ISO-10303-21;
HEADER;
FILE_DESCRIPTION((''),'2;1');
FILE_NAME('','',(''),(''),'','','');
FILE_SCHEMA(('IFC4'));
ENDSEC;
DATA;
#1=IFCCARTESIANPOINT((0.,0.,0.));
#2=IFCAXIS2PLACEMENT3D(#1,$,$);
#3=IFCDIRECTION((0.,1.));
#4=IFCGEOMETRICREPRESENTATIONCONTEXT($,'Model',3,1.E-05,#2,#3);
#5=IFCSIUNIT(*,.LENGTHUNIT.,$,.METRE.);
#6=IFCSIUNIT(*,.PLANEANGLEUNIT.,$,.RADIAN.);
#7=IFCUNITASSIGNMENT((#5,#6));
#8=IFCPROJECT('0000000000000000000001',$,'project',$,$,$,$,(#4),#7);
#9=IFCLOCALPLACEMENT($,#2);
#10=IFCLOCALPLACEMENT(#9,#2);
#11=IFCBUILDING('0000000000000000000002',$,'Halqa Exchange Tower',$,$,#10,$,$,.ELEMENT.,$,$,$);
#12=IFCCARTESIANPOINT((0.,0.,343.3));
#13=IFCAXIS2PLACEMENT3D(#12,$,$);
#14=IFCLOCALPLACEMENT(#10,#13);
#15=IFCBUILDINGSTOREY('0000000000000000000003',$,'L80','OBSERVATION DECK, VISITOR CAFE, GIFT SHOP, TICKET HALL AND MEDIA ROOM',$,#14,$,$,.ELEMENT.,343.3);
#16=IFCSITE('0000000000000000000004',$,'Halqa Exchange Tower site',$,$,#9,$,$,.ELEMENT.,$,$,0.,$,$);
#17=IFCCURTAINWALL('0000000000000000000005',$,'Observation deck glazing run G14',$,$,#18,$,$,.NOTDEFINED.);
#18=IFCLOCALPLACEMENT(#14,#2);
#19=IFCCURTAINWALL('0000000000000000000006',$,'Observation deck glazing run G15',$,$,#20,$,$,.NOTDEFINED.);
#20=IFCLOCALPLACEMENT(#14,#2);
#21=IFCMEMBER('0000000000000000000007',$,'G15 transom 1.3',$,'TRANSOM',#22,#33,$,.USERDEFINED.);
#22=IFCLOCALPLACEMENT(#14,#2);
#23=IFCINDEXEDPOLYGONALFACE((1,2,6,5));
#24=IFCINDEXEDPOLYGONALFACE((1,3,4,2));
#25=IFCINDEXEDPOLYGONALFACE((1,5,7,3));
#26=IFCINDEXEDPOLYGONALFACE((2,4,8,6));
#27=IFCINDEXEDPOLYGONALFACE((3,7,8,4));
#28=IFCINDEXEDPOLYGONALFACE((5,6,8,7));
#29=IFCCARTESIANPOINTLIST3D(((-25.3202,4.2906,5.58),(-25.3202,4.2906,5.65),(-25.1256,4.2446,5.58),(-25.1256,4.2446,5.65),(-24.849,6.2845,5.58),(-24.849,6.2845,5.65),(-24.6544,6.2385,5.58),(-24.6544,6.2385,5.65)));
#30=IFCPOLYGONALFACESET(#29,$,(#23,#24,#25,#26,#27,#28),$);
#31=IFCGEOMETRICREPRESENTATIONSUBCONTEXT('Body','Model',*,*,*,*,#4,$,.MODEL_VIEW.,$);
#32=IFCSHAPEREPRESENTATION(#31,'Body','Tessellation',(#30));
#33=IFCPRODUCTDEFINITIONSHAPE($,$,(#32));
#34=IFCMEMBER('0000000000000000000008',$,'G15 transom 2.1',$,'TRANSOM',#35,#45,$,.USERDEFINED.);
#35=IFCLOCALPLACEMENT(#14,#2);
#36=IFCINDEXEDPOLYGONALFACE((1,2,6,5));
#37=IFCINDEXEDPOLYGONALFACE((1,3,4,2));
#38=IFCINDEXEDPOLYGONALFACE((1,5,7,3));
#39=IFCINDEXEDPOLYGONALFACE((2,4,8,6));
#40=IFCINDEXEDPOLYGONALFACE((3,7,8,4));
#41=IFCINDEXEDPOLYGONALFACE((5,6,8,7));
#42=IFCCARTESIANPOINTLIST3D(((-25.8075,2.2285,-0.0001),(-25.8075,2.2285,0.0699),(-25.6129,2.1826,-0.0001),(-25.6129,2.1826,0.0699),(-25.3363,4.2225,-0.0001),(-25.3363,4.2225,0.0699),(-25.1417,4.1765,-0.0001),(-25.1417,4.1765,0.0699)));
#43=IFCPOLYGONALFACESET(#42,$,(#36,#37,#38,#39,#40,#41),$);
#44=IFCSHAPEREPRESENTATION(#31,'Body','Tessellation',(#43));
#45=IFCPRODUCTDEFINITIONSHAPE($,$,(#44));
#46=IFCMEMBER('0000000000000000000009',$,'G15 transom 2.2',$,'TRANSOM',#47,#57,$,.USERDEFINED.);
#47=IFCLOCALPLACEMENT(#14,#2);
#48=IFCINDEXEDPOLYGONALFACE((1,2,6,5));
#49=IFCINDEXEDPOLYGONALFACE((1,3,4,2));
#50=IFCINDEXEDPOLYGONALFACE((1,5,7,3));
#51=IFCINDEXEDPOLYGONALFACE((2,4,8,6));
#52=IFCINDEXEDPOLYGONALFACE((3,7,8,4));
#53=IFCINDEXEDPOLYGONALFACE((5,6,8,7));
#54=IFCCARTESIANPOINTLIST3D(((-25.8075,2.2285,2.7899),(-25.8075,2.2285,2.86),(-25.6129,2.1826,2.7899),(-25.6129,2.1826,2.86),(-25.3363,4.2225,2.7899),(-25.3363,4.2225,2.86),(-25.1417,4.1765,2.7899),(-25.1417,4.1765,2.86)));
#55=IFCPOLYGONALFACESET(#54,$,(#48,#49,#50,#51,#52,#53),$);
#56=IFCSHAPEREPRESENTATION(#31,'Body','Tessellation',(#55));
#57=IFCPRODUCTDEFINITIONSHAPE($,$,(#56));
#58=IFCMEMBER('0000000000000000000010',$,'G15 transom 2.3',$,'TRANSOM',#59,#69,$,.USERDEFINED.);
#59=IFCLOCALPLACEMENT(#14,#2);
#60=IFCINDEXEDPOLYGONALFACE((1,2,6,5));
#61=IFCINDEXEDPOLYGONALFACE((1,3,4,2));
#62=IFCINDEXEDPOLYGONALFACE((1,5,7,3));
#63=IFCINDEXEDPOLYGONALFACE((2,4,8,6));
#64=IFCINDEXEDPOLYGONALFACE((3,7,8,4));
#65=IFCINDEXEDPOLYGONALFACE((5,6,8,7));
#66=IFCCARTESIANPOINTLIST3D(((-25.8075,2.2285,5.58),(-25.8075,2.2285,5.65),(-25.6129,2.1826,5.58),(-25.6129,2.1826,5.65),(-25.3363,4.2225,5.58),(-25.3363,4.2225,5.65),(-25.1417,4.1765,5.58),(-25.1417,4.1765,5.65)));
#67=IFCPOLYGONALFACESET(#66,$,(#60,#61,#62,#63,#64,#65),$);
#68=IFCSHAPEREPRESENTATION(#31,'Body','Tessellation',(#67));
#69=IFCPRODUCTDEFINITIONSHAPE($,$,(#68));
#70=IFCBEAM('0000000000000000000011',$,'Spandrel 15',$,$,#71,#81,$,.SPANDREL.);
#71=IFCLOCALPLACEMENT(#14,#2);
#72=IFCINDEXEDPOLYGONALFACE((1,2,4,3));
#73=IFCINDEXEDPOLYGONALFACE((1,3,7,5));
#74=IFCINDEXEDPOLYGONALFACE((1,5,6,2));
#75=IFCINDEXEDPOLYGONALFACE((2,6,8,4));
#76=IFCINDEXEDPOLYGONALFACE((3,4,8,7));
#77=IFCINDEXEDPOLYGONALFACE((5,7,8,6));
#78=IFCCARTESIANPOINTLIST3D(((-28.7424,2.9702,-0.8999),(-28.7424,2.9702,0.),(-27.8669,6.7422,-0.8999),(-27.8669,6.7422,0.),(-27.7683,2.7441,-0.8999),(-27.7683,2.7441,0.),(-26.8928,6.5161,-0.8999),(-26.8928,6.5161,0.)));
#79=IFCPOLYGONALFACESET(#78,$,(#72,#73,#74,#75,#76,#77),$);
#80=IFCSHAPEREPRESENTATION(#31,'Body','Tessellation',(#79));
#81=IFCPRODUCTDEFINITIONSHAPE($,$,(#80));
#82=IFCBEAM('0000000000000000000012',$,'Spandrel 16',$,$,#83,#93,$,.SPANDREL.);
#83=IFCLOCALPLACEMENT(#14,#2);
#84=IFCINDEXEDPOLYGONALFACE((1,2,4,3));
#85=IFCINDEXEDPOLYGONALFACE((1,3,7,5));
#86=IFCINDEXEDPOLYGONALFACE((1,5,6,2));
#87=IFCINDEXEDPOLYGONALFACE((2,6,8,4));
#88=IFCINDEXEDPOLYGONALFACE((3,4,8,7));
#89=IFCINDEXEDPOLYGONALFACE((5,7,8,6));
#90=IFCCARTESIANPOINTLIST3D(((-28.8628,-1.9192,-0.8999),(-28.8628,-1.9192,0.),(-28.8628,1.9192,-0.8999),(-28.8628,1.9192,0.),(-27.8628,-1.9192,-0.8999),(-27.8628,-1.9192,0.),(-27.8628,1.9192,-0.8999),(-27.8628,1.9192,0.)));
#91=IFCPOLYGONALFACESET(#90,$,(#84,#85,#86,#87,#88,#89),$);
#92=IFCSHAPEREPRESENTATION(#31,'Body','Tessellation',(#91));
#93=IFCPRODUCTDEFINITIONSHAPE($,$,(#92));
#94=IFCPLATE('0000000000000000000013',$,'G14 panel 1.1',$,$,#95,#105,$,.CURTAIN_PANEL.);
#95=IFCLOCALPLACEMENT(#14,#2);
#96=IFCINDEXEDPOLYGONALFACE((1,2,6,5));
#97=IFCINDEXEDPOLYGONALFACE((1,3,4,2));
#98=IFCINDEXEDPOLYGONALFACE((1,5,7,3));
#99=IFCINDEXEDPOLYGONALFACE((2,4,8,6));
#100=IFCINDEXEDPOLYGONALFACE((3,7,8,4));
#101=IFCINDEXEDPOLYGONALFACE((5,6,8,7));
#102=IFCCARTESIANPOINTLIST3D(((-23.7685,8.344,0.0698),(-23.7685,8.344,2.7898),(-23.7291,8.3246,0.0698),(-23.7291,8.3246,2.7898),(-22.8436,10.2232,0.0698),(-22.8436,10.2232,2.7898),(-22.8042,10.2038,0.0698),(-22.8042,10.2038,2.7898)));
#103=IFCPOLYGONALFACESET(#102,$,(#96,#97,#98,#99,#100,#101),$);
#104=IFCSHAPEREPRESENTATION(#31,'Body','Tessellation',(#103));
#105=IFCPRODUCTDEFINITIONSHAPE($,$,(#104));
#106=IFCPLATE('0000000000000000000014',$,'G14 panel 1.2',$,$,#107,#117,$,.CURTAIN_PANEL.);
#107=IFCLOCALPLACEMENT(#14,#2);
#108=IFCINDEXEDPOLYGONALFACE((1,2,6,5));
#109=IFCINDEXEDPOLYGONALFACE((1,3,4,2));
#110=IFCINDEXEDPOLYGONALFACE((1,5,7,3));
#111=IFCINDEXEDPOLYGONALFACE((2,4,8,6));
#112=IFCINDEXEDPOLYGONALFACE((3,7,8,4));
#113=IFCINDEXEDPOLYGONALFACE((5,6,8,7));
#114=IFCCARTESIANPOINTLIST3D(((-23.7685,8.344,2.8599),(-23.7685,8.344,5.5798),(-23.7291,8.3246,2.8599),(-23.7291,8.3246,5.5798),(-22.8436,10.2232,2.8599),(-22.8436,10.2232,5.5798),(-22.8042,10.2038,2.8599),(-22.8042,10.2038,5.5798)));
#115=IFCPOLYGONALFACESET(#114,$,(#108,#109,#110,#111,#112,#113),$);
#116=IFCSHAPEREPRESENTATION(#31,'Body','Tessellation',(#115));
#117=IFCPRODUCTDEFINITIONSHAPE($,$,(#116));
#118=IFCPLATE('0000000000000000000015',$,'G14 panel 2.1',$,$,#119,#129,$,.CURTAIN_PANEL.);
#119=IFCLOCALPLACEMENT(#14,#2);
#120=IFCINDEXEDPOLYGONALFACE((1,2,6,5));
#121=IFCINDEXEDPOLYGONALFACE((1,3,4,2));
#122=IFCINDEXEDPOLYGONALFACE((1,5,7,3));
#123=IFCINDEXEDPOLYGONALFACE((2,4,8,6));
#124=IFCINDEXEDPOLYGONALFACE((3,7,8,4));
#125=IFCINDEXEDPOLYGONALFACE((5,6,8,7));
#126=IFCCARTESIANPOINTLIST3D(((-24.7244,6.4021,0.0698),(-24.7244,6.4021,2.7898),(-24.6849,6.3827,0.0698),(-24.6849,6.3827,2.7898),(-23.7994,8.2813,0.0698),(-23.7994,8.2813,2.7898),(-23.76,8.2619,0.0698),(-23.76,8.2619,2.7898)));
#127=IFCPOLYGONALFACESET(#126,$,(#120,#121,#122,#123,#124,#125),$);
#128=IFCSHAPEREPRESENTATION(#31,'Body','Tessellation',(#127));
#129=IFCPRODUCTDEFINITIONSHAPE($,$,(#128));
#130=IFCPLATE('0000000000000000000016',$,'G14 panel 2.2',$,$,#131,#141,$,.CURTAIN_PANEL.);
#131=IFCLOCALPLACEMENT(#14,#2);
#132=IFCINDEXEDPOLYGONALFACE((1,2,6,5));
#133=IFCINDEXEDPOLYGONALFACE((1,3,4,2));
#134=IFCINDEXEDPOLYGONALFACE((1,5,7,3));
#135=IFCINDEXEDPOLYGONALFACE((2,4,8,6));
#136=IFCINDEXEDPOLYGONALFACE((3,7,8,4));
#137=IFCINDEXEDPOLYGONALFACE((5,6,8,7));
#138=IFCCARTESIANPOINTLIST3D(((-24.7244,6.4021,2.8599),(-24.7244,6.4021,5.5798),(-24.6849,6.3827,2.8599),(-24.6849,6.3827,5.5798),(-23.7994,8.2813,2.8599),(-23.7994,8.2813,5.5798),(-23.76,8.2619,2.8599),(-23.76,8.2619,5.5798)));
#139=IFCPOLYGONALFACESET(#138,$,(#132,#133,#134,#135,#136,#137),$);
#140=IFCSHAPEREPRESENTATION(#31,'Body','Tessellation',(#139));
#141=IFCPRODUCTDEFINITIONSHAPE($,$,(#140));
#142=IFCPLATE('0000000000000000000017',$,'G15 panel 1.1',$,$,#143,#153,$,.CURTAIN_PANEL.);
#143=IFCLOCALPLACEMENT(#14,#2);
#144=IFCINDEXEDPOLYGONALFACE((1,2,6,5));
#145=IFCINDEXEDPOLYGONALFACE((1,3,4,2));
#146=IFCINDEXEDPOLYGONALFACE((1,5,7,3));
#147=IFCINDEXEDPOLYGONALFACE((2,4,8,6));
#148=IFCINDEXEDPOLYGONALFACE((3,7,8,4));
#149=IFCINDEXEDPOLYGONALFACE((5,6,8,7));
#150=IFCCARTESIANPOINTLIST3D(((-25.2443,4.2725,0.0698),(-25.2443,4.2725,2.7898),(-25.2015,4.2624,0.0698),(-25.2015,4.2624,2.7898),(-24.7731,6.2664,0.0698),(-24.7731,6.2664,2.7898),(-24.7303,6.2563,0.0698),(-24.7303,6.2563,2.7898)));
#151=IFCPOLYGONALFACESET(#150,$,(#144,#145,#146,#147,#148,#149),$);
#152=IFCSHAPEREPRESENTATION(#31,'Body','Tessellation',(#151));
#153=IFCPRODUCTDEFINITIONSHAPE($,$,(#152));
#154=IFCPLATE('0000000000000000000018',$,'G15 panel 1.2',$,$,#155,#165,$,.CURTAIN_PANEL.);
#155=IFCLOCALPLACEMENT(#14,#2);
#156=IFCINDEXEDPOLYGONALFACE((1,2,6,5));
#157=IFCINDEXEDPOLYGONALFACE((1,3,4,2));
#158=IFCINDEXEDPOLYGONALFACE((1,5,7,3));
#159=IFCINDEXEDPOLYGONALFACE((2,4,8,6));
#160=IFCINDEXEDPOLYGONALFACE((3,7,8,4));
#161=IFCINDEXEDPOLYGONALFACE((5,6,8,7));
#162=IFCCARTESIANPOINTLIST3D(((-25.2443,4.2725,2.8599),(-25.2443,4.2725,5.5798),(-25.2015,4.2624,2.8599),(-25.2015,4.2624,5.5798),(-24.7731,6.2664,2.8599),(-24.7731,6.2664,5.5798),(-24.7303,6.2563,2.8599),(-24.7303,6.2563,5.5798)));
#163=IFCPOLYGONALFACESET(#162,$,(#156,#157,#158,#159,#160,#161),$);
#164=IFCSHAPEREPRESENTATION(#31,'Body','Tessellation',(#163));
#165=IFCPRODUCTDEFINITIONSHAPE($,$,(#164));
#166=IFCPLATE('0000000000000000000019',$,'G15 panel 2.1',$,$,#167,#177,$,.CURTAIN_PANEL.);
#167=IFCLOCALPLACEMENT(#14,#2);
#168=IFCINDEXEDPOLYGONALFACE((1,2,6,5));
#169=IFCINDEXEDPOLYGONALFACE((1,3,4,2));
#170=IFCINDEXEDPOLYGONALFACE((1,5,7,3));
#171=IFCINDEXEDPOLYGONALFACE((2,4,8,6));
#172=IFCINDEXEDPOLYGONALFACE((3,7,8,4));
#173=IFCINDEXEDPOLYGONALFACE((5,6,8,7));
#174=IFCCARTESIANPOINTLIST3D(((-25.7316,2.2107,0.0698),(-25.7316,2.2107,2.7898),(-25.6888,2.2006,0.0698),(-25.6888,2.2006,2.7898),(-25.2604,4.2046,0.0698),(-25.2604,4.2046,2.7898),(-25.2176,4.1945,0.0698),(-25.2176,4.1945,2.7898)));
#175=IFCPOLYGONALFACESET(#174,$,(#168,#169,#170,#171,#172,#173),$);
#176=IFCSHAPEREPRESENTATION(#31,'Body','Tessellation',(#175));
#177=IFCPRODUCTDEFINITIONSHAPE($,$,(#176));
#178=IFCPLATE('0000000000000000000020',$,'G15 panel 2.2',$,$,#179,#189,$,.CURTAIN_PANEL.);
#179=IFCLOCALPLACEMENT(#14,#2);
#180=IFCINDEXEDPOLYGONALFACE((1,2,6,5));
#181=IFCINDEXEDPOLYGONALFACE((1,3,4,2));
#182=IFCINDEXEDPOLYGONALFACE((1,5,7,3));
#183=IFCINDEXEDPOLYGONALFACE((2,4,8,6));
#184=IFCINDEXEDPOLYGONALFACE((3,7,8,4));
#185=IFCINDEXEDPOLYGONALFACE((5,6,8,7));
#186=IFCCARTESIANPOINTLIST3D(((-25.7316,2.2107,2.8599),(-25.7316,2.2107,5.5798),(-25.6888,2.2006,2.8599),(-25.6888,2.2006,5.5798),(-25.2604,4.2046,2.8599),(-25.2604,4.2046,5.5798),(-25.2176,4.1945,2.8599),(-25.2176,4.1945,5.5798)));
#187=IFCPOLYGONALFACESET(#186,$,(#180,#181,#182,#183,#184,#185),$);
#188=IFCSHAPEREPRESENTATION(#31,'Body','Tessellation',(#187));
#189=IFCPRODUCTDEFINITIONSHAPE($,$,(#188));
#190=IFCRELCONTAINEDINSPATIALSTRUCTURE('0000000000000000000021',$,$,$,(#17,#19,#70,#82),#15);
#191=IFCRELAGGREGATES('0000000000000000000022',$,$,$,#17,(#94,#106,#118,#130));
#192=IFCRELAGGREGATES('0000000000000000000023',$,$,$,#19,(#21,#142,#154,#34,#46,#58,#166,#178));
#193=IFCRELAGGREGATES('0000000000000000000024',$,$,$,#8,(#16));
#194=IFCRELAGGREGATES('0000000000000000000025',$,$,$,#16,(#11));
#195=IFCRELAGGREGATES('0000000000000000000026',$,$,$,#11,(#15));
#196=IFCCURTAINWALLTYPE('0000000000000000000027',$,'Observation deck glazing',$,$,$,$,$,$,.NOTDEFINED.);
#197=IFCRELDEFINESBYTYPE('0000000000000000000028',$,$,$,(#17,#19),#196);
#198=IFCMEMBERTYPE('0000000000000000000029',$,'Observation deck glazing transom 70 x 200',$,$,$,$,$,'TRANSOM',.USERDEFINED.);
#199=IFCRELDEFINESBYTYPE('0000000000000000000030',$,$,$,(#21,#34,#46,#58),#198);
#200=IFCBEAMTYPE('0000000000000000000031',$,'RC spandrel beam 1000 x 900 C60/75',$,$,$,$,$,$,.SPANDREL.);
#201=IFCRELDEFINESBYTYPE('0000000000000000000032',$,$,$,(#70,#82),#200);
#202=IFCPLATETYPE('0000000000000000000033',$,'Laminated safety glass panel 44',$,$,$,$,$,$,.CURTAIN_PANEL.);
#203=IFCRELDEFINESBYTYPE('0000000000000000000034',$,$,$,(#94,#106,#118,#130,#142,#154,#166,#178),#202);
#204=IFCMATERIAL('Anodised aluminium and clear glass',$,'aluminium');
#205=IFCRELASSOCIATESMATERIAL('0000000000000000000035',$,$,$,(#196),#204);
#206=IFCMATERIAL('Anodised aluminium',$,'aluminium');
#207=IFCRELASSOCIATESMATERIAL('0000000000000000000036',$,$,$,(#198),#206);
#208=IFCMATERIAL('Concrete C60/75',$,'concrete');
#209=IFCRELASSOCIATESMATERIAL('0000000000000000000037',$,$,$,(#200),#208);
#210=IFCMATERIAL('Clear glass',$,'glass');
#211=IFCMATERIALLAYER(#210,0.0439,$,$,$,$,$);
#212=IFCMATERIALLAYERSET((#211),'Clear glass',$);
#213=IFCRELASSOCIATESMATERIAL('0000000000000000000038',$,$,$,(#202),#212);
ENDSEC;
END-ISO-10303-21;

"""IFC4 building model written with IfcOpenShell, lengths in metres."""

from ifc_helpers import new_model, si_unit, direction, frame, origin, origin_2d, place, context, subcontext, project, spatial, rectangle, extrude, material, layer, layer_set, material_profile, profile_set, type_object, element, aggregate, save


model = new_model("IFC4")

# Units and contexts
model_context = context("Model", 3, precision=1e-05, world=origin(), true_north=direction((0.0, 1.0)))
body_context = subcontext(model_context, "Body", "Model", "MODEL_VIEW")
ifc_project = project(units=[si_unit("LENGTHUNIT", "METRE"), si_unit("PLANEANGLEUNIT", "RADIAN")], contexts=[model_context])

# Site, building, storey
site_placement = place(None, origin())
site = spatial("IfcSite", under=ifc_project, at=site_placement, Name="Halqa Exchange Tower site", CompositionType="ELEMENT", RefElevation=0.0)
building_placement = place(site_placement, origin())
building = spatial("IfcBuilding", under=site, at=building_placement, Name="Halqa Exchange Tower", CompositionType="ELEMENT")
storey_placement = place(building_placement, frame((0.0, 0.0, 343.3)))
storey = spatial("IfcBuildingStorey", under=building, at=storey_placement, Name="L80", Description="OBSERVATION DECK, VISITOR CAFE, GIFT SHOP, TICKET HALL AND MEDIA ROOM", CompositionType="ELEMENT", Elevation=343.3)

# Curtain walls
ifc_material_1 = material(Name="Anodised aluminium and clear glass", Category="aluminium")
curtain_wall_type = type_object("IfcCurtainWallType", Name="Observation deck glazing", PredefinedType="NOTDEFINED", material=ifc_material_1)
curtain_wall_1_placement = place(storey_placement, origin())
curtain_wall_1 = element("IfcCurtainWall", 1, at=curtain_wall_1_placement, inside=storey, type_object=curtain_wall_type, Name="Observation deck glazing run G14", PredefinedType="NOTDEFINED")
ifc_material_2 = material(Name="Anodised aluminium", Category="aluminium")
curtain_wall_2_placement = place(storey_placement, origin())
curtain_wall_2 = element("IfcCurtainWall", 2, at=curtain_wall_2_placement, inside=storey, type_object=curtain_wall_type, Name="Observation deck glazing run G15", PredefinedType="NOTDEFINED")

# Members
ifc_material_profile_1 = material_profile(ifc_material_2, rectangle(XDim=0.2, YDim=0.0701, at=origin_2d()), Name="AL 70x200")
ifc_profile_set_1 = profile_set([ifc_material_profile_1], Name="Anodised aluminium")
member_type_1 = type_object("IfcMemberType", Name="Observation deck glazing transom 70 x 200", ElementType="TRANSOM", PredefinedType="USERDEFINED", material=ifc_profile_set_1)
member_1_placement = place(storey_placement, frame((-24.7517, 6.2615, 5.615), z_axis=(-0.229982, -0.973195, 0.0), x_axis=(0.973195, -0.229982, 0.0)))
member_1 = element("IfcMember", 3, at=member_1_placement, type_object=member_type_1, Name="G15 transom 1.3", ObjectType="TRANSOM", PredefinedType="USERDEFINED", context=body_context, shape_type="SweptSolid", body=[
    extrude(rectangle(XDim=0.2, YDim=0.0701, at=origin_2d()), origin(), (0.0, 0.0, 1.0), 2.0488),
])
member_2_placement = place(storey_placement, frame((-25.239, 4.1995, 0.0349), z_axis=(-0.229982, -0.973195, 0.0), x_axis=(0.973195, -0.229982, 0.0)))
member_2 = element("IfcMember", 4, at=member_2_placement, type_object=member_type_1, Name="G15 transom 2.1", ObjectType="TRANSOM", PredefinedType="USERDEFINED", context=body_context, shape_type="SweptSolid", body=[
    extrude(rectangle(XDim=0.2, YDim=0.0701, at=origin_2d()), origin(), (0.0, 0.0, 1.0), 2.0488),
])
member_3_placement = place(storey_placement, frame((-25.239, 4.1995, 2.825), z_axis=(-0.229982, -0.973195, 0.0), x_axis=(0.973195, -0.229982, 0.0)))
member_3 = element("IfcMember", 5, at=member_3_placement, type_object=member_type_1, Name="G15 transom 2.2", ObjectType="TRANSOM", PredefinedType="USERDEFINED", context=body_context, shape_type="SweptSolid", body=[
    extrude(rectangle(XDim=0.2, YDim=0.0701, at=origin_2d()), origin(), (0.0, 0.0, 1.0), 2.0488),
])
member_4_placement = place(storey_placement, frame((-25.239, 4.1995, 5.615), z_axis=(-0.229982, -0.973195, 0.0), x_axis=(0.973195, -0.229982, 0.0)))
member_4 = element("IfcMember", 6, at=member_4_placement, type_object=member_type_1, Name="G15 transom 2.3", ObjectType="TRANSOM", PredefinedType="USERDEFINED", context=body_context, shape_type="SweptSolid", body=[
    extrude(rectangle(XDim=0.2, YDim=0.0701, at=origin_2d()), origin(), (0.0, 0.0, 1.0), 2.0488),
])

# Beams
ifc_material_3 = material(Name="Concrete C60/75", Category="concrete")
ifc_material_profile_2 = material_profile(ifc_material_3, rectangle(XDim=1.0, YDim=0.8999, at=origin_2d()), Name="1000 x 900")
ifc_profile_set_2 = profile_set([ifc_material_profile_2], Name="Concrete C60/75")
beam_type = type_object("IfcBeamType", Name="RC spandrel beam 1000 x 900 C60/75", PredefinedType="SPANDREL", material=ifc_profile_set_2)
beam_1_placement = place(storey_placement, frame((-27.3799, 6.6292, -0.45), z_axis=(-0.226093, -0.974106, 0.0), x_axis=(0.974106, -0.226093, 0.0)))
element("IfcBeam", 7, at=beam_1_placement, inside=storey, type_object=beam_type, Name="Spandrel 15", PredefinedType="SPANDREL", context=body_context, shape_type="SweptSolid", body=[
    extrude(rectangle(XDim=1.0, YDim=0.8999, at=origin_2d()), origin(), (0.0, 0.0, 1.0), 3.8723),
])
beam_2_placement = place(storey_placement, frame((-28.3628, 1.9192, -0.45), z_axis=(0.0, -1.0, 0.0), x_axis=(1.0, 0.0, 0.0)))
element("IfcBeam", 8, at=beam_2_placement, inside=storey, type_object=beam_type, Name="Spandrel 16", PredefinedType="SPANDREL", context=body_context, shape_type="SweptSolid", body=[
    extrude(rectangle(XDim=1.0, YDim=0.8999, at=origin_2d()), origin(), (0.0, 0.0, 1.0), 3.8384),
])

# Plates
ifc_material_4 = material(Name="Clear glass", Category="glass")
ifc_layer_1 = layer(ifc_material_4, 0.0439)
ifc_layer_set_1 = layer_set([ifc_layer_1], Name="Clear glass")
plate_type = type_object("IfcPlateType", Name="Laminated safety glass panel 44", PredefinedType="CURTAIN_PANEL", material=ifc_layer_set_1)
plate_1_placement = place(storey_placement, frame((-23.2864, 9.2739, 0.0698), z_axis=(0.0, 0.0, 1.0), x_axis=(-0.441595, -0.897215, 0.0)))
plate_1 = element("IfcPlate", 9, at=plate_1_placement, type_object=plate_type, Name="G14 panel 1.1", PredefinedType="CURTAIN_PANEL", context=body_context, shape_type="SweptSolid", body=[
    extrude(rectangle(XDim=2.0945, YDim=0.0439, at=origin_2d()), origin(), (0.0, 0.0, 1.0), 2.72),
])
plate_2_placement = place(storey_placement, frame((-23.2864, 9.2739, 2.8599), z_axis=(0.0, 0.0, 1.0), x_axis=(-0.441595, -0.897215, 0.0)))
plate_2 = element("IfcPlate", 10, at=plate_2_placement, type_object=plate_type, Name="G14 panel 1.2", PredefinedType="CURTAIN_PANEL", context=body_context, shape_type="SweptSolid", body=[
    extrude(rectangle(XDim=2.0945, YDim=0.0439, at=origin_2d()), origin(), (0.0, 0.0, 1.0), 2.72),
])
plate_3_placement = place(storey_placement, frame((-24.2422, 7.332, 0.0698), z_axis=(0.0, 0.0, 1.0), x_axis=(-0.441595, -0.897215, 0.0)))
plate_3 = element("IfcPlate", 11, at=plate_3_placement, type_object=plate_type, Name="G14 panel 2.1", PredefinedType="CURTAIN_PANEL", context=body_context, shape_type="SweptSolid", body=[
    extrude(rectangle(XDim=2.0945, YDim=0.0439, at=origin_2d()), origin(), (0.0, 0.0, 1.0), 2.72),
])
plate_4_placement = place(storey_placement, frame((-24.2422, 7.332, 2.8599), z_axis=(0.0, 0.0, 1.0), x_axis=(-0.441595, -0.897215, 0.0)))
plate_4 = element("IfcPlate", 12, at=plate_4_placement, type_object=plate_type, Name="G14 panel 2.2", PredefinedType="CURTAIN_PANEL", context=body_context, shape_type="SweptSolid", body=[
    extrude(rectangle(XDim=2.0945, YDim=0.0439, at=origin_2d()), origin(), (0.0, 0.0, 1.0), 2.72),
])
aggregate(curtain_wall_1, [plate_1, plate_2, plate_3, plate_4])
plate_5_placement = place(storey_placement, frame((-24.9873, 5.2644, 0.0698), z_axis=(0.0, 0.0, 1.0), x_axis=(-0.229995, -0.973192, 0.0)))
plate_5 = element("IfcPlate", 13, at=plate_5_placement, type_object=plate_type, Name="G15 panel 1.1", PredefinedType="CURTAIN_PANEL", context=body_context, shape_type="SweptSolid", body=[
    extrude(rectangle(XDim=2.0488, YDim=0.0439, at=origin_2d()), origin(), (0.0, 0.0, 1.0), 2.72),
])
plate_6_placement = place(storey_placement, frame((-24.9873, 5.2644, 2.8599), z_axis=(0.0, 0.0, 1.0), x_axis=(-0.229995, -0.973192, 0.0)))
plate_6 = element("IfcPlate", 14, at=plate_6_placement, type_object=plate_type, Name="G15 panel 1.2", PredefinedType="CURTAIN_PANEL", context=body_context, shape_type="SweptSolid", body=[
    extrude(rectangle(XDim=2.0488, YDim=0.0439, at=origin_2d()), origin(), (0.0, 0.0, 1.0), 2.72),
])
plate_7_placement = place(storey_placement, frame((-25.4746, 3.2026, 0.0698), z_axis=(0.0, 0.0, 1.0), x_axis=(-0.229995, -0.973192, 0.0)))
plate_7 = element("IfcPlate", 15, at=plate_7_placement, type_object=plate_type, Name="G15 panel 2.1", PredefinedType="CURTAIN_PANEL", context=body_context, shape_type="SweptSolid", body=[
    extrude(rectangle(XDim=2.0488, YDim=0.0439, at=origin_2d()), origin(), (0.0, 0.0, 1.0), 2.72),
])
plate_8_placement = place(storey_placement, frame((-25.4746, 3.2026, 2.8599), z_axis=(0.0, 0.0, 1.0), x_axis=(-0.229995, -0.973192, 0.0)))
plate_8 = element("IfcPlate", 16, at=plate_8_placement, type_object=plate_type, Name="G15 panel 2.2", PredefinedType="CURTAIN_PANEL", context=body_context, shape_type="SweptSolid", body=[
    extrude(rectangle(XDim=2.0488, YDim=0.0439, at=origin_2d()), origin(), (0.0, 0.0, 1.0), 2.72),
])
aggregate(curtain_wall_2, [member_1, plate_5, plate_6, member_2, member_3, member_4, plate_7, plate_8])

save(model, "model.ifc")
